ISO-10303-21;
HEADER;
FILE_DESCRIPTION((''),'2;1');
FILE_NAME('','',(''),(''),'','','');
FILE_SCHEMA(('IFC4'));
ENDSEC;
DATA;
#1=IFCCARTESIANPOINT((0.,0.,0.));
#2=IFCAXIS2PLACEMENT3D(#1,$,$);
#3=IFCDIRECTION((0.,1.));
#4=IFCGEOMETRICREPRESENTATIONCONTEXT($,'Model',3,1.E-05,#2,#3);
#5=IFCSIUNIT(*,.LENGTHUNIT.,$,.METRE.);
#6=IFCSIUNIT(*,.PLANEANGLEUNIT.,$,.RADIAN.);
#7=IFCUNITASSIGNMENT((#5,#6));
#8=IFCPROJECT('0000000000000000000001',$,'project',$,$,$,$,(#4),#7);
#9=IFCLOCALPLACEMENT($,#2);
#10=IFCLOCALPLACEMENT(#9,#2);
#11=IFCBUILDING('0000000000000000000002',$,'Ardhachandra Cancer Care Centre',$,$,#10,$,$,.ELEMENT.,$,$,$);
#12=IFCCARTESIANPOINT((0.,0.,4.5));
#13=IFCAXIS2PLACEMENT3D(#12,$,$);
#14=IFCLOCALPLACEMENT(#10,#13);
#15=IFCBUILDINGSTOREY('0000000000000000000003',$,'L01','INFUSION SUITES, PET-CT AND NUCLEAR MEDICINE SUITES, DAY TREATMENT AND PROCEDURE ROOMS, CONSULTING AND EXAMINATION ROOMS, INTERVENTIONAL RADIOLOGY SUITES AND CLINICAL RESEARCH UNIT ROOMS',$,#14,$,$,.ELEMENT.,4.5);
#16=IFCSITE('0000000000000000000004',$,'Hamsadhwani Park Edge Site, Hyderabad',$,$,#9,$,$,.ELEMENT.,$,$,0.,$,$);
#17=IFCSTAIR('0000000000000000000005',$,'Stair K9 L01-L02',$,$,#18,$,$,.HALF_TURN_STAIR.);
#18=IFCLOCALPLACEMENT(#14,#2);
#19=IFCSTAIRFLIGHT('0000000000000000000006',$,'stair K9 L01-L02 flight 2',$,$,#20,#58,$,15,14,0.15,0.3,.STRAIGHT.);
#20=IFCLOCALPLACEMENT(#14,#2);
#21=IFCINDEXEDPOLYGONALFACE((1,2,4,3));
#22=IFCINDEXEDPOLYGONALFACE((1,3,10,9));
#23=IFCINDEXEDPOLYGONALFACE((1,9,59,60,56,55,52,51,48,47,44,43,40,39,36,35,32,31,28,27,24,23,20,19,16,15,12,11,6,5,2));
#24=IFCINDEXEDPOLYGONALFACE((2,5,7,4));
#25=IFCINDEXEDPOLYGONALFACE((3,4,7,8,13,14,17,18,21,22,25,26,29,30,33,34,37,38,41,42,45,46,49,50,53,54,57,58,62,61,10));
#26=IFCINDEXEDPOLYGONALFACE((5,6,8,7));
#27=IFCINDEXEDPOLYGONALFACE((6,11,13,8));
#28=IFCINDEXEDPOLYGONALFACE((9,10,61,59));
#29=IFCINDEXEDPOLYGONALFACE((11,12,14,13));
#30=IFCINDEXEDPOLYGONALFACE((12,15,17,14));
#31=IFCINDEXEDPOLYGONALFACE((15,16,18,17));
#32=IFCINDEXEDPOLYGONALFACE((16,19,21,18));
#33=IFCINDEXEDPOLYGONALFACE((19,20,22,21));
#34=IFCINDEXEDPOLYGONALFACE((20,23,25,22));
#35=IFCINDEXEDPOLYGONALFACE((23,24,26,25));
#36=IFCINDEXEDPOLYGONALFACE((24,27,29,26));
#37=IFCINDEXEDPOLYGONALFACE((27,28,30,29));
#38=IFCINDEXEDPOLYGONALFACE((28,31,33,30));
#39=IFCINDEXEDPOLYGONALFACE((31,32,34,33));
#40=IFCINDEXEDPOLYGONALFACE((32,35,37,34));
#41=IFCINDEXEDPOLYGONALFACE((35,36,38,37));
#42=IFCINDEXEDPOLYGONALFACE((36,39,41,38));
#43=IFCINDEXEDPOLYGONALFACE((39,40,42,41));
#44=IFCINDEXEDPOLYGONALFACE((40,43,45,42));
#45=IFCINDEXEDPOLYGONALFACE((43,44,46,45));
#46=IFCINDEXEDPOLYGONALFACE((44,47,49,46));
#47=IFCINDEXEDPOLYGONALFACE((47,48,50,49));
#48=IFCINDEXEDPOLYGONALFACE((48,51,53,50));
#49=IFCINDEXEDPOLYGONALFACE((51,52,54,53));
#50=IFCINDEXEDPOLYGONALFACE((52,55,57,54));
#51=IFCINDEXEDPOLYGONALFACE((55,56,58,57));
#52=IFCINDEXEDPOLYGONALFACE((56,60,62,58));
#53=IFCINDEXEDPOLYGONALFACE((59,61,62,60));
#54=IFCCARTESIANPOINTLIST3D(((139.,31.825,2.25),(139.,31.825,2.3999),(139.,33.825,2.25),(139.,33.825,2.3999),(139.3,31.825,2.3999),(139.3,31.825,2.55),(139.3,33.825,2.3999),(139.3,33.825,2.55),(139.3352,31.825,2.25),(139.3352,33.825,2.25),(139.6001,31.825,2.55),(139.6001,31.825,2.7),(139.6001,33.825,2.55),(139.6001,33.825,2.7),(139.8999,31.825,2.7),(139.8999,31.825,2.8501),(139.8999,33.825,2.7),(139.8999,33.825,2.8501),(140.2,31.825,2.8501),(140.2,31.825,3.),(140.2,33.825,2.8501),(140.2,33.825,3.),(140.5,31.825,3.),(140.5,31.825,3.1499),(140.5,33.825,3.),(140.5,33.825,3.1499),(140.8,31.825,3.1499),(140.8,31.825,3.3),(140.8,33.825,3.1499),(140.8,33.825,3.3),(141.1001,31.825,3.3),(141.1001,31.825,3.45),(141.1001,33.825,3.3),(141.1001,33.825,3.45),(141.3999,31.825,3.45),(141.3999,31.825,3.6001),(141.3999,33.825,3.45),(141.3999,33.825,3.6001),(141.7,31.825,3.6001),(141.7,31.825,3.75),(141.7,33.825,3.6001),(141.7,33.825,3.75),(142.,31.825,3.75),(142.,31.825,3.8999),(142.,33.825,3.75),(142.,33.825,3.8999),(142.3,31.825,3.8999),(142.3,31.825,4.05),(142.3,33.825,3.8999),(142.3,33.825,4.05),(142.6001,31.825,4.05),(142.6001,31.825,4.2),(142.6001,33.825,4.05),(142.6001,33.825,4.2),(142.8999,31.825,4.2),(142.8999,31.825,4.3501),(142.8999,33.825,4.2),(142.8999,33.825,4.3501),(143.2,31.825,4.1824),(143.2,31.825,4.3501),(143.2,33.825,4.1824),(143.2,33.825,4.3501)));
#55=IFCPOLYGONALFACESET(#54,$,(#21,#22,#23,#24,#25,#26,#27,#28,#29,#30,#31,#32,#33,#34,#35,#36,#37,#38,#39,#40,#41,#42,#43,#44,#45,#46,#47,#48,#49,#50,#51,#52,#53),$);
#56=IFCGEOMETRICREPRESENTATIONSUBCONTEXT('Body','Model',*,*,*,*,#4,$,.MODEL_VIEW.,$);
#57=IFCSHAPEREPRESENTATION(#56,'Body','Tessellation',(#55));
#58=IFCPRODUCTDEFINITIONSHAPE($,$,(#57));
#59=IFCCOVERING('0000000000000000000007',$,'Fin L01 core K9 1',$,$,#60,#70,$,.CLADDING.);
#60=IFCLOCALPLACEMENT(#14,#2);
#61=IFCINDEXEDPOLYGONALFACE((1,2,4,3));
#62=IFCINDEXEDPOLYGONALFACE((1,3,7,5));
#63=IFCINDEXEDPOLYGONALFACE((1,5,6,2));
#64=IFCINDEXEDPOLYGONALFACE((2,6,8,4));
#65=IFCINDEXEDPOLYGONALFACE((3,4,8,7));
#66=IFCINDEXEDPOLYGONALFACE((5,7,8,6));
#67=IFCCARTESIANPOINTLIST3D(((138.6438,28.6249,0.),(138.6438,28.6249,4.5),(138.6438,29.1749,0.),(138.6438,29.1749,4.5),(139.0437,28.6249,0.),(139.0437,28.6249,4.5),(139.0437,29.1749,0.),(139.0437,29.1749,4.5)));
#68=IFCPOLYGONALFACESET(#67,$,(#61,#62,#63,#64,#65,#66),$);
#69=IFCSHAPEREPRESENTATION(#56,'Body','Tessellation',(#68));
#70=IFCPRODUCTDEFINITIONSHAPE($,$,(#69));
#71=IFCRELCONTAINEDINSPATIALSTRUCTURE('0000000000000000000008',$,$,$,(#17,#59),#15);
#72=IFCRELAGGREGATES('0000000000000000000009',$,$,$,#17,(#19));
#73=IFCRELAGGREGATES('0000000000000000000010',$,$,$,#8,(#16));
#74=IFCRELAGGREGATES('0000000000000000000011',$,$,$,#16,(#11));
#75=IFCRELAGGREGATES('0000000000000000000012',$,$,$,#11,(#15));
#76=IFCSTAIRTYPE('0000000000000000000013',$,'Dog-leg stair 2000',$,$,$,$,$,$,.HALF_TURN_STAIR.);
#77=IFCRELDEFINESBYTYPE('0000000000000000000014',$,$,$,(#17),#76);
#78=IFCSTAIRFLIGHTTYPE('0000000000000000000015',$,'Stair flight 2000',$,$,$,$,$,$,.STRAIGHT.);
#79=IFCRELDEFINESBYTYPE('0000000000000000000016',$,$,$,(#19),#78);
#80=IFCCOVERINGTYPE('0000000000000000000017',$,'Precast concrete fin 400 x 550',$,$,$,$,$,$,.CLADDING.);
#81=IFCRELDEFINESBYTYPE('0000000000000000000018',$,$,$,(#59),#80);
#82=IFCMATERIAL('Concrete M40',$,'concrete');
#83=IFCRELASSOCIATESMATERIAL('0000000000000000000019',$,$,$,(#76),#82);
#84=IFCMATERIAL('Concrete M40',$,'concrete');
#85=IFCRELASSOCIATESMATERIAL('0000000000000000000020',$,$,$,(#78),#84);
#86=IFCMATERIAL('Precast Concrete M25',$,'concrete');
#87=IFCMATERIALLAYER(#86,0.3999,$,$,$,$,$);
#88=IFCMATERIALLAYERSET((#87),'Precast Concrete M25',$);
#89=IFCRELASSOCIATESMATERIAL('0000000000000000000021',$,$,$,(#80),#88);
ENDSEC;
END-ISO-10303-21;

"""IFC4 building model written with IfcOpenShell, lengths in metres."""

from ifc_helpers import new_model, si_unit, direction, frame, origin, origin_2d, place, context, subcontext, project, spatial, polyline, rectangle, outline, extrude, material, layer, layer_set, type_object, element, aggregate, save


model = new_model("IFC4")

# Units and contexts
model_context = context("Model", 3, precision=1e-05, world=origin(), true_north=direction((0.0, 1.0)))
body_context = subcontext(model_context, "Body", "Model", "MODEL_VIEW")
ifc_project = project(units=[si_unit("LENGTHUNIT", "METRE"), si_unit("PLANEANGLEUNIT", "RADIAN")], contexts=[model_context])

# Site, building, storey
site_placement = place(None, origin())
site = spatial("IfcSite", under=ifc_project, at=site_placement, Name="Hamsadhwani Park Edge Site, Hyderabad", CompositionType="ELEMENT", RefElevation=0.0)
building_placement = place(site_placement, origin())
building = spatial("IfcBuilding", under=site, at=building_placement, Name="Ardhachandra Cancer Care Centre", CompositionType="ELEMENT")
storey_placement = place(building_placement, frame((0.0, 0.0, 4.5)))
storey = spatial("IfcBuildingStorey", under=building, at=storey_placement, Name="L01", Description="INFUSION SUITES, PET-CT AND NUCLEAR MEDICINE SUITES, DAY TREATMENT AND PROCEDURE ROOMS, CONSULTING AND EXAMINATION ROOMS, INTERVENTIONAL RADIOLOGY SUITES AND CLINICAL RESEARCH UNIT ROOMS", CompositionType="ELEMENT", Elevation=4.5)

# Stair, stair flight
ifc_material_1 = material(Name="Concrete M40", Category="concrete")
stair_type = type_object("IfcStairType", Name="Dog-leg stair 2000", PredefinedType="HALF_TURN_STAIR", material=ifc_material_1)
stair_placement = place(storey_placement, origin())
stair = element("IfcStair", 1, at=stair_placement, inside=storey, type_object=stair_type, Name="Stair K9 L01-L02", PredefinedType="HALF_TURN_STAIR")
ifc_material_2 = material(Name="Concrete M40", Category="concrete")
stair_flight_type = type_object("IfcStairFlightType", Name="Stair flight 2000", PredefinedType="STRAIGHT", material=ifc_material_2)
stair_flight_placement = place(storey_placement, frame((139.0, 32.825, 2.25), z_axis=(0.0, 0.0, 1.0), x_axis=(1.0, 0.0, 0.0)))
stair_flight = element("IfcStairFlight", 2, at=stair_flight_placement, type_object=stair_flight_type, Name="stair K9 L01-L02 flight 2", NumberOfRisers=15, NumberOfTreads=14, PredefinedType="STRAIGHT", RiserHeight=0.15, TreadLength=0.3, context=body_context, shape_type="SweptSolid", body=[
    extrude(outline(polyline([(0.0, 0.0), (0.0, 0.1499), (0.3, 0.1499), (0.3, 0.3), (0.6001, 0.3), (0.6001, 0.45), (0.8999, 0.45), (0.8999, 0.6001), (1.2, 0.6001), (1.2, 0.75), (1.5, 0.75), (1.5, 0.8999), (1.8, 0.8999), (1.8, 1.05), (2.1001, 1.05), (2.1001, 1.2), (2.3999, 1.2), (2.3999, 1.3501), (2.7, 1.3501), (2.7, 1.5), (3.0, 1.5), (3.0, 1.6499), (3.3, 1.6499), (3.3, 1.8), (3.6001, 1.8), (3.6001, 1.95), (3.8999, 1.95), (3.8999, 2.1001), (4.2, 2.1001), (4.2, 2.25), (4.2, 1.9324), (0.3352, 0.0), (0.0, 0.0)])), frame((0.0, 1.0, 0.0), z_axis=(0.0, -1.0, 0.0), x_axis=(1.0, 0.0, 0.0)), (0.0, 0.0, 1.0), 2.0),
])
aggregate(stair, [stair_flight])

# Covering
ifc_material_3 = material(Name="Precast Concrete M25", Category="concrete")
ifc_layer_1 = layer(ifc_material_3, 0.3999)
ifc_layer_set_1 = layer_set([ifc_layer_1], Name="Precast Concrete M25")
covering_type = type_object("IfcCoveringType", Name="Precast concrete fin 400 x 550", PredefinedType="CLADDING", material=ifc_layer_set_1)
covering_placement = place(storey_placement, frame((138.8438, 28.8999, 0.0), z_axis=(0.0, 0.0, 1.0), x_axis=(1.0, 0.0, 0.0)))
element("IfcCovering", 3, at=covering_placement, inside=storey, type_object=covering_type, Name="Fin L01 core K9 1", PredefinedType="CLADDING", context=body_context, shape_type="SweptSolid", body=[
    extrude(rectangle(XDim=0.3999, YDim=0.55, at=origin_2d()), origin(), (0.0, 0.0, 1.0), 4.5),
])

save(model, "model.ifc")
